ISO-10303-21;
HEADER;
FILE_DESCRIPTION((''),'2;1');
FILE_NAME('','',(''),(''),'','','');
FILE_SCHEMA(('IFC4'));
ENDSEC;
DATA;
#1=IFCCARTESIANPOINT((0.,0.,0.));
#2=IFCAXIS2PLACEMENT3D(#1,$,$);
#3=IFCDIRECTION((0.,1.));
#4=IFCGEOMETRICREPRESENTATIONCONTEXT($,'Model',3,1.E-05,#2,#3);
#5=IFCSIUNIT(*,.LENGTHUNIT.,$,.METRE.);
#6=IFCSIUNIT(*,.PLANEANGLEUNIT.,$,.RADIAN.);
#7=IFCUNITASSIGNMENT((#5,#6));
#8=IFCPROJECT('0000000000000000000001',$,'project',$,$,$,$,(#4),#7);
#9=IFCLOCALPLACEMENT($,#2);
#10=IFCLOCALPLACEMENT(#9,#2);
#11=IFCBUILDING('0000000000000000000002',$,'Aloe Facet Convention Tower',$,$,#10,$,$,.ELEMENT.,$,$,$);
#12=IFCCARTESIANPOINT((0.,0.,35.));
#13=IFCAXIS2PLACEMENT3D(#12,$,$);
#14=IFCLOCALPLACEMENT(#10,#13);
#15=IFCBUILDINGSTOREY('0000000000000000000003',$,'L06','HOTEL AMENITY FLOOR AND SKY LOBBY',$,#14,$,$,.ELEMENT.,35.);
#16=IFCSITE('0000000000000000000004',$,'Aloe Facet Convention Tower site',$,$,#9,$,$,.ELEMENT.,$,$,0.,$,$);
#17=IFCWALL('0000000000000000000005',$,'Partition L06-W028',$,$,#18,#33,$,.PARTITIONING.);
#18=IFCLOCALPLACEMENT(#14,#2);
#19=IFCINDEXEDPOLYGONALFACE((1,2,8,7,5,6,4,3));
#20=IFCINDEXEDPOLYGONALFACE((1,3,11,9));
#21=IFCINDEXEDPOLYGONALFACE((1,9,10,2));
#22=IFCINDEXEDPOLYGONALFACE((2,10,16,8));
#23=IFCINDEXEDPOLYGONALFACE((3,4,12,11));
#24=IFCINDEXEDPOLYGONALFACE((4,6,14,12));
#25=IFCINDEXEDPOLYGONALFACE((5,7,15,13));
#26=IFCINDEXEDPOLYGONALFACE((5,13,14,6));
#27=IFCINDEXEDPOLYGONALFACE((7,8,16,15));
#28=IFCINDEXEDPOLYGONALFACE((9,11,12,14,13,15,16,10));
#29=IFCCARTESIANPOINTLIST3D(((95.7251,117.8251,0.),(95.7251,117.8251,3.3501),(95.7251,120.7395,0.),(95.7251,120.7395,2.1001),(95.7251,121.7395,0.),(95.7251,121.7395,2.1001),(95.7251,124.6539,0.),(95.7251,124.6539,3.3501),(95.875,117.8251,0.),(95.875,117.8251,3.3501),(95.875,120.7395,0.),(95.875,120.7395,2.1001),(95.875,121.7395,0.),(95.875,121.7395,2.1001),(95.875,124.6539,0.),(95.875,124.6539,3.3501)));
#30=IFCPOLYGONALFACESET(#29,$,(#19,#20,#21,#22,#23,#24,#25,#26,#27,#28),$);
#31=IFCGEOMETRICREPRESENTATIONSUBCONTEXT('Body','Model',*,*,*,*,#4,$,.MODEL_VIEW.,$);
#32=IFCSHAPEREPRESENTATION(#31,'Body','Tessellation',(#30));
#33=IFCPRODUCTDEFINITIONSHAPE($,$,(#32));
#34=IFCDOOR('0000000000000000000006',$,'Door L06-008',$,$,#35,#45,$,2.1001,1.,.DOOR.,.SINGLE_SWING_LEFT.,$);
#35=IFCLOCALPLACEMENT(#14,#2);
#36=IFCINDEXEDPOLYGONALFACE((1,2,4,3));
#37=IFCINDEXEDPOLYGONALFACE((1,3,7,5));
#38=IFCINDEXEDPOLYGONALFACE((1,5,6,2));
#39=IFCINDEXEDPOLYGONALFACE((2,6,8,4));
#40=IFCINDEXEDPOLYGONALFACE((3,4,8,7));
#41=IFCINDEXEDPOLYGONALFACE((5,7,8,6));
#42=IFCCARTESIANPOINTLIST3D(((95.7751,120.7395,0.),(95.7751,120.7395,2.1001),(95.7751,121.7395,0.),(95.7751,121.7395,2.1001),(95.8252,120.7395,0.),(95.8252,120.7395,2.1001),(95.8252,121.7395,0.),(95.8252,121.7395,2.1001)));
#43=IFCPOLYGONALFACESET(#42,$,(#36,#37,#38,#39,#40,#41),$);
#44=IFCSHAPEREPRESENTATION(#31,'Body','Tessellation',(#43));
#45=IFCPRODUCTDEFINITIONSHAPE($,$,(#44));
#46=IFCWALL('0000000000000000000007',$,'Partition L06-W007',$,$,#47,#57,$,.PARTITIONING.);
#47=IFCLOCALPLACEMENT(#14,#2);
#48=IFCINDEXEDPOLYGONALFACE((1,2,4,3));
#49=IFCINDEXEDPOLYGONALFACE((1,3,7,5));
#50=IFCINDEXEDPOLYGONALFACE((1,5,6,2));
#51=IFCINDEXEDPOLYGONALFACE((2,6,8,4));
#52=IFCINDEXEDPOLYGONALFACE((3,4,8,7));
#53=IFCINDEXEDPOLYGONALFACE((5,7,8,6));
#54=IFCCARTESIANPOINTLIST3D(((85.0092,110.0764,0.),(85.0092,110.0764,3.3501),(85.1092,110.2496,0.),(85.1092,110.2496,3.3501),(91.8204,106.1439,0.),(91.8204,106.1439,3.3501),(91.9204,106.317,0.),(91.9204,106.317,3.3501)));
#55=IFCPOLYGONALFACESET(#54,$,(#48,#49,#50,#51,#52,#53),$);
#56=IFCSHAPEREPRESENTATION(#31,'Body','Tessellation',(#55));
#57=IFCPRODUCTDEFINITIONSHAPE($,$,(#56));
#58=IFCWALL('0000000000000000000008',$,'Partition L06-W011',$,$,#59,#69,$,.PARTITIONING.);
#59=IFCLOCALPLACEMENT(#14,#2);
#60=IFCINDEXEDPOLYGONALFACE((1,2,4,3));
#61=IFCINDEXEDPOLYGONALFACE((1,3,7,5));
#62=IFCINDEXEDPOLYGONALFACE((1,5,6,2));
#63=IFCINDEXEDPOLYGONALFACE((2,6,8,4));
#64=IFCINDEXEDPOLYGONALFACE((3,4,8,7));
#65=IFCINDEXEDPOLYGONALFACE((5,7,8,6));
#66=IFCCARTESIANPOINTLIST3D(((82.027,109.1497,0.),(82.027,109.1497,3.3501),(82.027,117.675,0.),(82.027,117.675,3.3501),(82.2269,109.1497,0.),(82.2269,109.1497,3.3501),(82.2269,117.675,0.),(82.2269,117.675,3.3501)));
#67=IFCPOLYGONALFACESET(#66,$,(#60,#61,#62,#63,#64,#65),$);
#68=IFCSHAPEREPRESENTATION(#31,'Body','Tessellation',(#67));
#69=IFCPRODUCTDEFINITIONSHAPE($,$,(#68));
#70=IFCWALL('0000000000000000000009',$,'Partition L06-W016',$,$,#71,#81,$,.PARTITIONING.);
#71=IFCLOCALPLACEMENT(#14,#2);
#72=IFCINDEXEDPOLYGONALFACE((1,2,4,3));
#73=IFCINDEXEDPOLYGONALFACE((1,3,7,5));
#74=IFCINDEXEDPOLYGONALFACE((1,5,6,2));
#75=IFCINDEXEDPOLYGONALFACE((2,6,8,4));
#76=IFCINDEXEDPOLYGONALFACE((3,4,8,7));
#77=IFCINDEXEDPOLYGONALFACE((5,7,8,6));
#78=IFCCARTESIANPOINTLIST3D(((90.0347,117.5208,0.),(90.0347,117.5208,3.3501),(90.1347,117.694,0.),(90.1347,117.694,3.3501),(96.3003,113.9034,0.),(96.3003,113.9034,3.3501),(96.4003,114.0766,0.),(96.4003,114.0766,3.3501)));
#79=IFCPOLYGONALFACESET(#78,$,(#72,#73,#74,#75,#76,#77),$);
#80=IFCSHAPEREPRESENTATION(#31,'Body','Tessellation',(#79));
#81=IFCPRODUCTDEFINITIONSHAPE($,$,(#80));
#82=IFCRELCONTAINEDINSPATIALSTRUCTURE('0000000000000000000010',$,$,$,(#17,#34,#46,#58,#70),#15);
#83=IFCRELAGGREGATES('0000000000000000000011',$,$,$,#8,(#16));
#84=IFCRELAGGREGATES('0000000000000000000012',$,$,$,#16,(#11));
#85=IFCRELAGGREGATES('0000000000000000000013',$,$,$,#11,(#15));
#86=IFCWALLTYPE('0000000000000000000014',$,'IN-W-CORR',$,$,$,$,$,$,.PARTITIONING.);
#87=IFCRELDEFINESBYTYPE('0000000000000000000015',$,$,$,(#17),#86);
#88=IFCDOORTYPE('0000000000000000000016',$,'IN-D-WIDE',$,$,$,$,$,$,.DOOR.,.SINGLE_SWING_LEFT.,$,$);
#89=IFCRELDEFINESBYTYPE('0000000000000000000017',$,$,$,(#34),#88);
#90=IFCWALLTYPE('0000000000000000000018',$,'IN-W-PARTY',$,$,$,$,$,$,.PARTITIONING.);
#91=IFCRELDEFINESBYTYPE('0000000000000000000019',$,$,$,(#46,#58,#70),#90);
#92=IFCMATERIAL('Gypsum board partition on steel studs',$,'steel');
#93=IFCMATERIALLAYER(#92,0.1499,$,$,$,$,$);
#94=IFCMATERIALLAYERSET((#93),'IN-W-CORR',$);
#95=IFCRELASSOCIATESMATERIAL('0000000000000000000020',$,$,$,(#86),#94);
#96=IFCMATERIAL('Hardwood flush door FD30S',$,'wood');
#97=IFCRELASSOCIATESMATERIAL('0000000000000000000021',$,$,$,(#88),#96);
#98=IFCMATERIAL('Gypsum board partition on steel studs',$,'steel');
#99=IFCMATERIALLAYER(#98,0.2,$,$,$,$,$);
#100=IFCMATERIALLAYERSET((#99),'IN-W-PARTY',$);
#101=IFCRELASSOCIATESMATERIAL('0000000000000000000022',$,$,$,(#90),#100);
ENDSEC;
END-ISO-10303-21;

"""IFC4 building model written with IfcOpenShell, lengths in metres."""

from ifc_helpers import new_model, si_unit, direction, frame, frame_2d, origin, place, context, subcontext, project, spatial, rectangle, extrude, material, layer, layer_set, type_object, element, fill, save


model = new_model("IFC4")

# Units and contexts
model_context = context("Model", 3, precision=1e-05, world=origin(), true_north=direction((0.0, 1.0)))
body_context = subcontext(model_context, "Body", "Model", "MODEL_VIEW")
ifc_project = project(units=[si_unit("LENGTHUNIT", "METRE"), si_unit("PLANEANGLEUNIT", "RADIAN")], contexts=[model_context])

# Site, building, storey
site_placement = place(None, origin())
site = spatial("IfcSite", under=ifc_project, at=site_placement, Name="Aloe Facet Convention Tower site", CompositionType="ELEMENT", RefElevation=0.0)
building_placement = place(site_placement, origin())
building = spatial("IfcBuilding", under=site, at=building_placement, Name="Aloe Facet Convention Tower", CompositionType="ELEMENT")
storey_placement = place(building_placement, frame((0.0, 0.0, 35.0)))
storey = spatial("IfcBuildingStorey", under=building, at=storey_placement, Name="L06", Description="HOTEL AMENITY FLOOR AND SKY LOBBY", CompositionType="ELEMENT", Elevation=35.0)

# Shared definitions
ifc_material_1 = material(Name="Gypsum board partition on steel studs", Category="steel")
ifc_layer_1 = layer(ifc_material_1, 0.1499)
ifc_layer_set_1 = layer_set([ifc_layer_1], Name="IN-W-CORR")
wall_type_1 = type_object("IfcWallType", Name="IN-W-CORR", PredefinedType="PARTITIONING", material=ifc_layer_set_1)

# Shared definitions
ifc_material_2 = material(Name="Hardwood flush door FD30S", Category="wood")
door_type_1 = type_object("IfcDoorType", Name="IN-D-WIDE", OperationType="SINGLE_SWING_LEFT", PredefinedType="DOOR", material=ifc_material_2)

# Wall, opening, door
wall_1_placement = place(storey_placement, frame((95.8, 117.825, 0.0), z_axis=(0.0, 0.0, 1.0), x_axis=(0.0, 1.0, 0.0)))
wall_1 = element("IfcWall", 1, at=wall_1_placement, inside=storey, type_object=wall_type_1, Name="Partition L06-W028", PredefinedType="PARTITIONING", context=body_context, shape_type="SweptSolid", body=[
    extrude(rectangle(XDim=6.8289, YDim=0.1499, at=frame_2d((3.4146, 0.0))), origin(), (0.0, 0.0, 1.0), 3.3501),
])
opening_1_placement = place(wall_1_placement, frame((2.9146, 0.0, 0.0)))
opening_1 = element("IfcOpeningElement", 2, at=opening_1_placement, cuts=wall_1, PredefinedType="OPENING", context=body_context, shape_type="SweptSolid", body=[
    extrude(rectangle(XDim=1.0, YDim=2.1001, at=frame_2d((0.5, 1.05))), frame((0.0, 0.085, 0.0), z_axis=(0.0, -1.0, 0.0), x_axis=(1.0, 0.0, 0.0)), (0.0, 0.0, 1.0), 0.1699),
])
door_1_placement = place(opening_1_placement, origin())
door_1 = element("IfcDoor", 3, at=door_1_placement, inside=storey, type_object=door_type_1, Name="Door L06-008", OperationType="SINGLE_SWING_LEFT", OverallHeight=2.1001, OverallWidth=1.0, PredefinedType="DOOR", context=body_context, shape_type="SweptSolid", body=[
    extrude(rectangle(XDim=1.0, YDim=2.1001, at=frame_2d((0.5, 1.05))), frame((0.0, 0.0249, 0.0), z_axis=(0.0, -1.0, 0.0), x_axis=(1.0, 0.0, 0.0)), (0.0, 0.0, 1.0), 0.05),
])
fill(opening_1, door_1)

# Walls
ifc_material_3 = material(Name="Gypsum board partition on steel studs", Category="steel")
ifc_layer_2 = layer(ifc_material_3, 0.2)
ifc_layer_set_2 = layer_set([ifc_layer_2], Name="IN-W-PARTY")
wall_type_2 = type_object("IfcWallType", Name="IN-W-PARTY", PredefinedType="PARTITIONING", material=ifc_layer_set_2)
wall_2_placement = place(storey_placement, frame((85.0591, 110.1631, 0.0), z_axis=(0.0, 0.0, 1.0), x_axis=(0.866019, -0.500012, 0.0)))
element("IfcWall", 4, at=wall_2_placement, inside=storey, type_object=wall_type_2, Name="Partition L06-W007", PredefinedType="PARTITIONING", context=body_context, shape_type="SweptSolid", body=[
    extrude(rectangle(XDim=7.865, YDim=0.2, at=frame_2d((3.9326, 0.0))), origin(), (0.0, 0.0, 1.0), 3.3501),
])
wall_3_placement = place(storey_placement, frame((82.127, 109.1497, 0.0), z_axis=(0.0, 0.0, 1.0), x_axis=(0.0, 1.0, 0.0)))
element("IfcWall", 5, at=wall_3_placement, inside=storey, type_object=wall_type_2, Name="Partition L06-W011", PredefinedType="PARTITIONING", context=body_context, shape_type="SweptSolid", body=[
    extrude(rectangle(XDim=8.5254, YDim=0.2, at=frame_2d((4.2627, 0.0))), origin(), (0.0, 0.0, 1.0), 3.3501),
])
wall_4_placement = place(storey_placement, frame((90.0847, 117.6074, 0.0), z_axis=(0.0, 0.0, 1.0), x_axis=(0.866027, -0.499997, 0.0)))
element("IfcWall", 6, at=wall_4_placement, inside=storey, type_object=wall_type_2, Name="Partition L06-W016", PredefinedType="PARTITIONING", context=body_context, shape_type="SweptSolid", body=[
    extrude(rectangle(XDim=7.2349, YDim=0.2, at=frame_2d((3.6174, 0.0))), origin(), (0.0, 0.0, 1.0), 3.3501),
])

save(model, "model.ifc")
